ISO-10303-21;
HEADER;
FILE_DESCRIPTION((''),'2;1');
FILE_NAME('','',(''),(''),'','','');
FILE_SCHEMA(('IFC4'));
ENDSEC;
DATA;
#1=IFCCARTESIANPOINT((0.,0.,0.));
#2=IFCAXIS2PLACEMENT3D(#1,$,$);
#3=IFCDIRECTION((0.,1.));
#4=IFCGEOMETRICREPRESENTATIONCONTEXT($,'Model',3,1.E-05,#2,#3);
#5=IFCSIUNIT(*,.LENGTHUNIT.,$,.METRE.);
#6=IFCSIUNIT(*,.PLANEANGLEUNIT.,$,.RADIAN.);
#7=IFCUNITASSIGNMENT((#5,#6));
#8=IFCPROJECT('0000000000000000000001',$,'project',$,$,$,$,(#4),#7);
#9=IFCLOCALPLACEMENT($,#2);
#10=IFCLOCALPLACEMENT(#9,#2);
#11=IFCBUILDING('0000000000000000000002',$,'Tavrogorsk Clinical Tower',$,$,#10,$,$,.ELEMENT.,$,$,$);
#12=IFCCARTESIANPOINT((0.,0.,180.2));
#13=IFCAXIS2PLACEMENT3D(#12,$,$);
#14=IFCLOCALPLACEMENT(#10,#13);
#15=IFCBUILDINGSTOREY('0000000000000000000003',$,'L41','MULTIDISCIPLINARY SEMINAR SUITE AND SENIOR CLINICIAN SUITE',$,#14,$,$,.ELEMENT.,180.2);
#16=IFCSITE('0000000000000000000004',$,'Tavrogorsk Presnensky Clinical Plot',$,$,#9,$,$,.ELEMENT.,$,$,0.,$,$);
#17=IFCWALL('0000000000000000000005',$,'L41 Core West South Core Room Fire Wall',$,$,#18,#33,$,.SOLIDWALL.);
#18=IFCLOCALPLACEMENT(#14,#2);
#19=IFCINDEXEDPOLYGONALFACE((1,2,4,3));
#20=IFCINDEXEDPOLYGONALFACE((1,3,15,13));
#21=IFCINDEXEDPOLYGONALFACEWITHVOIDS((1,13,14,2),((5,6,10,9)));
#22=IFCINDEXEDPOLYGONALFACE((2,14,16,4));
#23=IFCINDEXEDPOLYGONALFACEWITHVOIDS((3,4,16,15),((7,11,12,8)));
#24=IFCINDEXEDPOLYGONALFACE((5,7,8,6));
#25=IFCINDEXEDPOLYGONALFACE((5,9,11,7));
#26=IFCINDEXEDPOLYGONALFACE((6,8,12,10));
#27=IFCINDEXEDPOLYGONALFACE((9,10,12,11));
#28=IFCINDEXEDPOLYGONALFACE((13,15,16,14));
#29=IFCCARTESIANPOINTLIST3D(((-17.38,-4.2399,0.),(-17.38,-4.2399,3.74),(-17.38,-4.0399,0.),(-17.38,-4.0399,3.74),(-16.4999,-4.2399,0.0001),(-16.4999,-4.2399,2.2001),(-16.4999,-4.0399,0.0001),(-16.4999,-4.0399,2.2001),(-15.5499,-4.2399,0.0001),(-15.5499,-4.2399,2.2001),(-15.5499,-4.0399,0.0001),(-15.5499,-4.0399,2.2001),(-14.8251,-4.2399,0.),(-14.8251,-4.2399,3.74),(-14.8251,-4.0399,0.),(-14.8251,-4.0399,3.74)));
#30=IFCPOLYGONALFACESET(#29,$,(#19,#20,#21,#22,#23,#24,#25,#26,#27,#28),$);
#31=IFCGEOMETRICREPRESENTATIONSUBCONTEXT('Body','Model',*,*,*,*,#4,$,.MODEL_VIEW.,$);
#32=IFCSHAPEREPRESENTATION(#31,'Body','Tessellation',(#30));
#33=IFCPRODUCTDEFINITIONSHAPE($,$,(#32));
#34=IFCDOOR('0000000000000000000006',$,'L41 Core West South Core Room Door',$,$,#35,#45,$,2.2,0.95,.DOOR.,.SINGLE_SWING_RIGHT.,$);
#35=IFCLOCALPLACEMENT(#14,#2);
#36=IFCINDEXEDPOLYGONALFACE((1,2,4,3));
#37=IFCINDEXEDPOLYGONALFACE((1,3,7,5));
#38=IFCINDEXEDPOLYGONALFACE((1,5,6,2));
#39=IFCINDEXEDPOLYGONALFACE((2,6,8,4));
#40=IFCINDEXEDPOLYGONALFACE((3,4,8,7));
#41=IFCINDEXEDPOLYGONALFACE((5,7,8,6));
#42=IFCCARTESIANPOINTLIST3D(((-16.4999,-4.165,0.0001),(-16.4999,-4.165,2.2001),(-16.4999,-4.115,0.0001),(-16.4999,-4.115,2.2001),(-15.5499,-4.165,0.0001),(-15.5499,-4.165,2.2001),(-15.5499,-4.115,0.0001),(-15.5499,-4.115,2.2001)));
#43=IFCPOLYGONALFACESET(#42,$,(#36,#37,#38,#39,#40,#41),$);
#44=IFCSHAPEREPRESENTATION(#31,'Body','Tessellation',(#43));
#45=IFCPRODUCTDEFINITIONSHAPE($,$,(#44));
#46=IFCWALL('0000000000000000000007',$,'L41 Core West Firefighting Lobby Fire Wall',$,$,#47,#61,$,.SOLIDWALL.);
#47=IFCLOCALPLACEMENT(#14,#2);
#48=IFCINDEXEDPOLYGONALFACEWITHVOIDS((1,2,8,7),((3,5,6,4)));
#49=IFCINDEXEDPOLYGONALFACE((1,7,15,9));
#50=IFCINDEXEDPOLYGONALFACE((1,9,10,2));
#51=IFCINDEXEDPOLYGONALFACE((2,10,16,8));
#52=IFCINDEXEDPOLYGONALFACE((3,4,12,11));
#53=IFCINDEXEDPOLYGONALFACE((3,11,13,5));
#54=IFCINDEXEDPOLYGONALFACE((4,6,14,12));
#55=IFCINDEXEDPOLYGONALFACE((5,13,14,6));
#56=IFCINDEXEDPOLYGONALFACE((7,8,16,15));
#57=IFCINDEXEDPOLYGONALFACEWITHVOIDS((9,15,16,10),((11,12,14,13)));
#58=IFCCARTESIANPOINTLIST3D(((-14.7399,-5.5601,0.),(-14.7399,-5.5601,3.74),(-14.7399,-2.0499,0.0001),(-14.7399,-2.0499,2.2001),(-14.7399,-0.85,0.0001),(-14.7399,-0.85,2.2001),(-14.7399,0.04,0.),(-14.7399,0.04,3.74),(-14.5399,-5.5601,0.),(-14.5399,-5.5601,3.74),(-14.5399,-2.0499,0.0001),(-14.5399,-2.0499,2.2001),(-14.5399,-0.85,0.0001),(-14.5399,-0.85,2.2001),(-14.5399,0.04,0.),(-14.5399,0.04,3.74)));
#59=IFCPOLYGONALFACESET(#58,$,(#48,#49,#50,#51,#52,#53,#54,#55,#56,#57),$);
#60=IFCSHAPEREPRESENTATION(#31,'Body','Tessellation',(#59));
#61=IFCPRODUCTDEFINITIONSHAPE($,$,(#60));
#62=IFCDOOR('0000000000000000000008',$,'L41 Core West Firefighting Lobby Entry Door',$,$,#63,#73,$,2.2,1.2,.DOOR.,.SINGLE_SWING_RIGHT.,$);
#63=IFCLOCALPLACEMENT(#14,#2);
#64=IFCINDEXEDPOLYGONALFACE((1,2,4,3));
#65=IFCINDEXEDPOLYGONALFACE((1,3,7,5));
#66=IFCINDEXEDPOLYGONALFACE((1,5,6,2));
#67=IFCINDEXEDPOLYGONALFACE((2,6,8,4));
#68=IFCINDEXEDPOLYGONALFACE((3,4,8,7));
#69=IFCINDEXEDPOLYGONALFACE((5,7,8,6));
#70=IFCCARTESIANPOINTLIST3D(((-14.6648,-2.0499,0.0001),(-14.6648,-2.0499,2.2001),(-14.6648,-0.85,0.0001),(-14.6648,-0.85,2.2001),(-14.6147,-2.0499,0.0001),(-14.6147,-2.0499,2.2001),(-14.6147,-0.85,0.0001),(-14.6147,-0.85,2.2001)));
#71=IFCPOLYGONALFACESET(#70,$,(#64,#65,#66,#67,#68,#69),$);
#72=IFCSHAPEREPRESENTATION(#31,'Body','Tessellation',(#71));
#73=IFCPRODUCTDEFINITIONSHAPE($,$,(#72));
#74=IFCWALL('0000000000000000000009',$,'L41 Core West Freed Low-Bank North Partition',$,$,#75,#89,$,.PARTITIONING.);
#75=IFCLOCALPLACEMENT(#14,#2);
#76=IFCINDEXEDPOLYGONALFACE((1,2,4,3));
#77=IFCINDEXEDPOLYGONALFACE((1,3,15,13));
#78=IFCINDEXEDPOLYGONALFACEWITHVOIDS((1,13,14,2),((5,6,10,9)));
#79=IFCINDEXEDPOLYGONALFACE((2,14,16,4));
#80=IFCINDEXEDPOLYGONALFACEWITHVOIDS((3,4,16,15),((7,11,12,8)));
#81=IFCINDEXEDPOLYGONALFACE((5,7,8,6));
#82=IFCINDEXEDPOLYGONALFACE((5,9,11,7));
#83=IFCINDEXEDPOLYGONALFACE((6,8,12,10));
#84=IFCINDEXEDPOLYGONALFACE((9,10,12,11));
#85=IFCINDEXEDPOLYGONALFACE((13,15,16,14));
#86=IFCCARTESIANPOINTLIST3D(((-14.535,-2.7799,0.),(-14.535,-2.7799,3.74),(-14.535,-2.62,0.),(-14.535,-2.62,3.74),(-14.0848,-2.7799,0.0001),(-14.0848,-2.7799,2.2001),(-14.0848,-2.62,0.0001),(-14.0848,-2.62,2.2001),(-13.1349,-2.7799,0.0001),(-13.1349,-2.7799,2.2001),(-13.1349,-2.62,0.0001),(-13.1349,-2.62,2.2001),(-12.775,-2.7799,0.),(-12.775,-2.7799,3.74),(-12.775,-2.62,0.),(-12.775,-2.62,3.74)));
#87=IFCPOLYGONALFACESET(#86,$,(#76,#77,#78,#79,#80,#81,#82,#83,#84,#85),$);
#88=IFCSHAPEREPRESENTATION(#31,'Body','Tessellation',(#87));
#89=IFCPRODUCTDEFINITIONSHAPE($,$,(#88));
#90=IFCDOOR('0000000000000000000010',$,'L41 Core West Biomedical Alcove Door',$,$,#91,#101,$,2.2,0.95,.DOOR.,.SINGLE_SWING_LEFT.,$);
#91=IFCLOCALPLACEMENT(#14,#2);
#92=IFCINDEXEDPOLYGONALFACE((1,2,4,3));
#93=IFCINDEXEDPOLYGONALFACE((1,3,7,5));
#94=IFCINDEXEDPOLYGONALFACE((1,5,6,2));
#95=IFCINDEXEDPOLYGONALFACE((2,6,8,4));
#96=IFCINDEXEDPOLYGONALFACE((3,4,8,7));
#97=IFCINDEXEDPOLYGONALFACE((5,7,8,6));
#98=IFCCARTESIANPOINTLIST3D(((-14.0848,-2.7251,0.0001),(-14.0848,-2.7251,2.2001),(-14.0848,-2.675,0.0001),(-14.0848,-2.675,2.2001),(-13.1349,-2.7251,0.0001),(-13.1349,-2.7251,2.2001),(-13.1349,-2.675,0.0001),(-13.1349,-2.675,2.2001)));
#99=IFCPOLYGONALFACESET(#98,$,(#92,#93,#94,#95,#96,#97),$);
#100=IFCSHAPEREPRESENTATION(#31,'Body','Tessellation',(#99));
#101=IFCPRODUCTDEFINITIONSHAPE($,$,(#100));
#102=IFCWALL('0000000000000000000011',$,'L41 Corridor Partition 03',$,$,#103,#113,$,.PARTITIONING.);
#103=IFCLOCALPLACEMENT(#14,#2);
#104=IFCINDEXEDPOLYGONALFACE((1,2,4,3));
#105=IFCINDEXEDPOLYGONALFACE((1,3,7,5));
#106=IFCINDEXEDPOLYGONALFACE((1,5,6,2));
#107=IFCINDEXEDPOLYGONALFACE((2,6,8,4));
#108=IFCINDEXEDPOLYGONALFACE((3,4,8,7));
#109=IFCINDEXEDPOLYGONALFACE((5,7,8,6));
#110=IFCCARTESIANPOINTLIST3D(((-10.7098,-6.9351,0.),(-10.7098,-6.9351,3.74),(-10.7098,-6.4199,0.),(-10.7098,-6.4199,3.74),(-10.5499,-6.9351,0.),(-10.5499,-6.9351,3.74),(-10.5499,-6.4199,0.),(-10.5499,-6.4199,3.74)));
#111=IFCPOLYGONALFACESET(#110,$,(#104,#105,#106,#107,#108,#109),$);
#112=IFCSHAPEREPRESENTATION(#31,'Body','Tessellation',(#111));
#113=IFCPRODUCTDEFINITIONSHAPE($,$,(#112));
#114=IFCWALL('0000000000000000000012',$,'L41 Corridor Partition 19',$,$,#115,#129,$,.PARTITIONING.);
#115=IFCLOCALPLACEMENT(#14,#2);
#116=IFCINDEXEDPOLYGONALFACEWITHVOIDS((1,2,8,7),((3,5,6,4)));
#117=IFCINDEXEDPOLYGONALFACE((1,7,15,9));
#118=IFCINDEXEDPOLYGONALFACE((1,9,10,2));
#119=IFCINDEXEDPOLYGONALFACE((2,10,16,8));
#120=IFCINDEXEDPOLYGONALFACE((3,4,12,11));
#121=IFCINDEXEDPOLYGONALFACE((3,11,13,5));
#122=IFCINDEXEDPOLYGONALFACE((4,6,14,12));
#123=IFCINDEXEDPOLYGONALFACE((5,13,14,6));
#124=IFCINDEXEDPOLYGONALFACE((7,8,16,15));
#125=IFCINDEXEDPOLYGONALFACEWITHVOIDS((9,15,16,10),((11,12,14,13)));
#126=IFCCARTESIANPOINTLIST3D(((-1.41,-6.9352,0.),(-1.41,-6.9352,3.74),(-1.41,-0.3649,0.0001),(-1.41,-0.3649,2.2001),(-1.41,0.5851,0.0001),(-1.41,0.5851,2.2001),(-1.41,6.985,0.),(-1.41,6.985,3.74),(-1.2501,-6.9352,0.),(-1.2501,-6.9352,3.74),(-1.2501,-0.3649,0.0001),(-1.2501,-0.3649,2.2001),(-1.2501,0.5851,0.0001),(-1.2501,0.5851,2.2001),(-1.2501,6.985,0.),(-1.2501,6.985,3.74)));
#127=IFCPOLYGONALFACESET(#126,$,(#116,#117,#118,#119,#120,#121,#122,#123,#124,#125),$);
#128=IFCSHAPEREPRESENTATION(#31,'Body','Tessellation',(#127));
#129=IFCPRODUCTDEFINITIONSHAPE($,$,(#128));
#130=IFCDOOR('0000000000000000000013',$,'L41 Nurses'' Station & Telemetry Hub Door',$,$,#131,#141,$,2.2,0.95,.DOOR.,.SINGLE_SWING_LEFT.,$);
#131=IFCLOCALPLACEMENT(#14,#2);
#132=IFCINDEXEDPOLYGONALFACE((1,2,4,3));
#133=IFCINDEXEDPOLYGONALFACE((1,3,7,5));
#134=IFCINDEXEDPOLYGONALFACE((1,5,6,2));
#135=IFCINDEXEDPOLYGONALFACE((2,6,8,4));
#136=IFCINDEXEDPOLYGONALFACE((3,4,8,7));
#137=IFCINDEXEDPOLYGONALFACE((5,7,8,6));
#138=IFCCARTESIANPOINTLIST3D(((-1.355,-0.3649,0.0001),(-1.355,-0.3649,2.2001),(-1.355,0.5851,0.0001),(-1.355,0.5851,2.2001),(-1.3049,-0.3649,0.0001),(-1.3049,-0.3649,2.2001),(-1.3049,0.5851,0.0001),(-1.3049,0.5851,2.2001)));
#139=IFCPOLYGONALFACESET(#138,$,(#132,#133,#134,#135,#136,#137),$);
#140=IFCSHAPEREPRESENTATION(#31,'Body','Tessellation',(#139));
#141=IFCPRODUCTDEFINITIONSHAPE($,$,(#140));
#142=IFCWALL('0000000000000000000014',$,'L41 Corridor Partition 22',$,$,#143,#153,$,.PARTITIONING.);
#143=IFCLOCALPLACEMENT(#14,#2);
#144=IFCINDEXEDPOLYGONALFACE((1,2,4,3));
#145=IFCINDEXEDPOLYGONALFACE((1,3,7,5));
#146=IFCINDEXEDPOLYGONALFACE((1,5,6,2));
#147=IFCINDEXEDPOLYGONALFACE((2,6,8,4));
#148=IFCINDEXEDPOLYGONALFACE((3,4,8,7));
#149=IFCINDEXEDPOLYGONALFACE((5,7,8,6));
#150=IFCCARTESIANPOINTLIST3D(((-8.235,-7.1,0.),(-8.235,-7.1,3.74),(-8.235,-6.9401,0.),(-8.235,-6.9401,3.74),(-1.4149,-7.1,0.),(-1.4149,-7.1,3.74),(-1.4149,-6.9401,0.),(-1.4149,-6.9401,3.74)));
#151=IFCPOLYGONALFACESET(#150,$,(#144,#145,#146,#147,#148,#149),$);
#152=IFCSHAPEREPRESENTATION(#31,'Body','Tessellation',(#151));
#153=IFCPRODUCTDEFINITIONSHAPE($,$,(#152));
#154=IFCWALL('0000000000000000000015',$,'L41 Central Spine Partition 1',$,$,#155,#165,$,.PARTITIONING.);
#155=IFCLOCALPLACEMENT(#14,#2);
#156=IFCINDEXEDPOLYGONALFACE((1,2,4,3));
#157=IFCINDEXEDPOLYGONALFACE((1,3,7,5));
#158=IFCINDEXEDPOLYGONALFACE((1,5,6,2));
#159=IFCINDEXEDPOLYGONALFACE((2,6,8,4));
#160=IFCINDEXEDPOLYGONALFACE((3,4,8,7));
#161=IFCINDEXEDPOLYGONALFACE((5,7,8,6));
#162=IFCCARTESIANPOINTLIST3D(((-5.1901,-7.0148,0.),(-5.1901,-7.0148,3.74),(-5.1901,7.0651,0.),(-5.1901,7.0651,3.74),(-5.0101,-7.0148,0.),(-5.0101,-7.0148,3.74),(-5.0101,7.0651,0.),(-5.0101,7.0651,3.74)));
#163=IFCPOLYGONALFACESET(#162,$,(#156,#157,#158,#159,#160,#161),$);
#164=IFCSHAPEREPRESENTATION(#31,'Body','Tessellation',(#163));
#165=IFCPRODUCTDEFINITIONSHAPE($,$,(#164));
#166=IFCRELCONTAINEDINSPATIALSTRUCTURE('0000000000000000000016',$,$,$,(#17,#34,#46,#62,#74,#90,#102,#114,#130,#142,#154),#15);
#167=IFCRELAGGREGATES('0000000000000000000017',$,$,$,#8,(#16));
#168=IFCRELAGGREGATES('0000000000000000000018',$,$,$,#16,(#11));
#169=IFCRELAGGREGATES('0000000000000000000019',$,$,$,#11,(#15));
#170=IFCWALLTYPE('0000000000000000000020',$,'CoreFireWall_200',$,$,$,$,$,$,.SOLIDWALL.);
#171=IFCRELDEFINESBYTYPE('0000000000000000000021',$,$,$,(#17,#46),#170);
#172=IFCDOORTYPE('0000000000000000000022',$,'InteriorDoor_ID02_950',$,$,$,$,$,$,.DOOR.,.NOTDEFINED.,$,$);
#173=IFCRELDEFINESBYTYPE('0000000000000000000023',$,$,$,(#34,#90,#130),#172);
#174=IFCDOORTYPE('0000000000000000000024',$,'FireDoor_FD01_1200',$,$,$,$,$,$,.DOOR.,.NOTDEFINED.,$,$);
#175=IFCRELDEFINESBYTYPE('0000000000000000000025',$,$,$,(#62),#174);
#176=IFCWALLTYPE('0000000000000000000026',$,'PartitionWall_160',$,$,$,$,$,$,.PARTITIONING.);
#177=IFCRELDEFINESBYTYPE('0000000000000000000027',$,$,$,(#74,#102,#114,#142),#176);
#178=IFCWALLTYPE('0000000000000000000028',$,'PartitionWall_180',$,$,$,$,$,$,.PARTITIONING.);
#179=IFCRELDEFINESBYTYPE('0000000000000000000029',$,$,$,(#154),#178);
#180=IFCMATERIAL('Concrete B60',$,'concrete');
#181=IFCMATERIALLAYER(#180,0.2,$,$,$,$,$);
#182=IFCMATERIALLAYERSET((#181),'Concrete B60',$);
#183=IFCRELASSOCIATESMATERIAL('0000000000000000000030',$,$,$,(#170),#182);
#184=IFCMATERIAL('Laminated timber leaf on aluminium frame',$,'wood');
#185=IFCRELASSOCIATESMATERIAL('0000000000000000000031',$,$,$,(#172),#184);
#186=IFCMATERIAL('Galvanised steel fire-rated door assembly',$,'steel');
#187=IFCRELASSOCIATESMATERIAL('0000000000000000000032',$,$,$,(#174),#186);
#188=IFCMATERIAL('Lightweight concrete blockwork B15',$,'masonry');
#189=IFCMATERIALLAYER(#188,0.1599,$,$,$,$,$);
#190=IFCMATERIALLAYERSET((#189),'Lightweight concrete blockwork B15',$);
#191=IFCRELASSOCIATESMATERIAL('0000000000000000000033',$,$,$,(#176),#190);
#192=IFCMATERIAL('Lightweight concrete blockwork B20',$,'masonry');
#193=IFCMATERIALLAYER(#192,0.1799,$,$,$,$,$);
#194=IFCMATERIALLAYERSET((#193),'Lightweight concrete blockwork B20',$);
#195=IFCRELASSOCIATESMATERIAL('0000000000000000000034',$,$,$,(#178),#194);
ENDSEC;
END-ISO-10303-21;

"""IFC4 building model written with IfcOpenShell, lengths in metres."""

from ifc_helpers import new_model, si_unit, direction, frame, frame_2d, origin, place, context, subcontext, project, spatial, rectangle, extrude, material, layer, layer_set, type_object, element, fill, save


model = new_model("IFC4")

# Units and contexts
model_context = context("Model", 3, precision=1e-05, world=origin(), true_north=direction((0.0, 1.0)))
body_context = subcontext(model_context, "Body", "Model", "MODEL_VIEW")
ifc_project = project(units=[si_unit("LENGTHUNIT", "METRE"), si_unit("PLANEANGLEUNIT", "RADIAN")], contexts=[model_context])

# Site, building, storey
site_placement = place(None, origin())
site = spatial("IfcSite", under=ifc_project, at=site_placement, Name="Tavrogorsk Presnensky Clinical Plot", CompositionType="ELEMENT", RefElevation=0.0)
building_placement = place(site_placement, origin())
building = spatial("IfcBuilding", under=site, at=building_placement, Name="Tavrogorsk Clinical Tower", CompositionType="ELEMENT")
storey_placement = place(building_placement, frame((0.0, 0.0, 180.2)))
storey = spatial("IfcBuildingStorey", under=building, at=storey_placement, Name="L41", Description="MULTIDISCIPLINARY SEMINAR SUITE AND SENIOR CLINICIAN SUITE", CompositionType="ELEMENT", Elevation=180.2)

# Walls, openings, doors
ifc_material_1 = material(Name="Concrete B60", Category="concrete")
ifc_layer_1 = layer(ifc_material_1, 0.2)
ifc_layer_set_1 = layer_set([ifc_layer_1], Name="Concrete B60")
wall_type_1 = type_object("IfcWallType", Name="CoreFireWall_200", PredefinedType="SOLIDWALL", material=ifc_layer_set_1)
wall_1_placement = place(storey_placement, frame((-17.3799, -4.1399, 0.0), z_axis=(0.0, 0.0, 1.0), x_axis=(1.0, 0.0, 0.0)))
wall_1 = element("IfcWall", 1, at=wall_1_placement, inside=storey, type_object=wall_type_1, Name="L41 Core West South Core Room Fire Wall", PredefinedType="SOLIDWALL", context=body_context, shape_type="SweptSolid", body=[
    extrude(rectangle(XDim=2.5549, YDim=0.2, at=frame_2d((1.2773, 0.0))), origin(), (0.0, 0.0, 1.0), 3.74),
])
opening_1_placement = place(wall_1_placement, frame((0.8799, 0.0, 0.0)))
opening_1 = element("IfcOpeningElement", 2, at=opening_1_placement, cuts=wall_1, PredefinedType="OPENING", context=body_context, shape_type="SweptSolid", body=[
    extrude(rectangle(XDim=0.95, YDim=2.2, at=frame_2d((0.4751, 1.1001))), frame((0.0, 0.1099, 0.0), z_axis=(0.0, -1.0, 0.0), x_axis=(1.0, 0.0, 0.0)), (0.0, 0.0, 1.0), 0.22),
])
ifc_material_2 = material(Name="Laminated timber leaf on aluminium frame", Category="wood")
door_type_1 = type_object("IfcDoorType", Name="InteriorDoor_ID02_950", OperationType="NOTDEFINED", PredefinedType="DOOR", material=ifc_material_2)
door_1_placement = place(opening_1_placement, origin())
door_1 = element("IfcDoor", 3, at=door_1_placement, inside=storey, type_object=door_type_1, Name="L41 Core West South Core Room Door", OperationType="SINGLE_SWING_RIGHT", OverallHeight=2.2, OverallWidth=0.95, PredefinedType="DOOR", context=body_context, shape_type="SweptSolid", body=[
    extrude(rectangle(XDim=0.95, YDim=2.2, at=frame_2d((0.4751, 1.1001))), frame((0.0, 0.0249, 0.0), z_axis=(0.0, -1.0, 0.0), x_axis=(1.0, 0.0, 0.0)), (0.0, 0.0, 1.0), 0.05),
])
fill(opening_1, door_1)
wall_2_placement = place(storey_placement, frame((-14.6399, -5.5601, 0.0), z_axis=(0.0, 0.0, 1.0), x_axis=(0.0, 1.0, 0.0)))
wall_2 = element("IfcWall", 4, at=wall_2_placement, inside=storey, type_object=wall_type_1, Name="L41 Core West Firefighting Lobby Fire Wall", PredefinedType="SOLIDWALL", context=body_context, shape_type="SweptSolid", body=[
    extrude(rectangle(XDim=5.6001, YDim=0.2, at=frame_2d((2.8, 0.0))), origin(), (0.0, 0.0, 1.0), 3.74),
])
opening_2_placement = place(wall_2_placement, frame((3.51, 0.0, 0.0)))
opening_2 = element("IfcOpeningElement", 5, at=opening_2_placement, cuts=wall_2, PredefinedType="OPENING", context=body_context, shape_type="SweptSolid", body=[
    extrude(rectangle(XDim=1.2, YDim=2.2, at=frame_2d((0.6001, 1.1001))), frame((0.0, 0.1099, 0.0), z_axis=(0.0, -1.0, 0.0), x_axis=(1.0, 0.0, 0.0)), (0.0, 0.0, 1.0), 0.22),
])
ifc_material_3 = material(Name="Galvanised steel fire-rated door assembly", Category="steel")
door_type_2 = type_object("IfcDoorType", Name="FireDoor_FD01_1200", OperationType="NOTDEFINED", PredefinedType="DOOR", material=ifc_material_3)
door_2_placement = place(opening_2_placement, origin())
door_2 = element("IfcDoor", 6, at=door_2_placement, inside=storey, type_object=door_type_2, Name="L41 Core West Firefighting Lobby Entry Door", OperationType="SINGLE_SWING_RIGHT", OverallHeight=2.2, OverallWidth=1.2, PredefinedType="DOOR", context=body_context, shape_type="SweptSolid", body=[
    extrude(rectangle(XDim=1.2, YDim=2.2, at=frame_2d((0.6001, 1.1001))), frame((0.0, 0.0249, 0.0), z_axis=(0.0, -1.0, 0.0), x_axis=(1.0, 0.0, 0.0)), (0.0, 0.0, 1.0), 0.05),
])
fill(opening_2, door_2)
ifc_material_4 = material(Name="Lightweight concrete blockwork B15", Category="masonry")
ifc_layer_2 = layer(ifc_material_4, 0.1599)
ifc_layer_set_2 = layer_set([ifc_layer_2], Name="Lightweight concrete blockwork B15")
wall_type_2 = type_object("IfcWallType", Name="PartitionWall_160", PredefinedType="PARTITIONING", material=ifc_layer_set_2)
wall_3_placement = place(storey_placement, frame((-14.5349, -2.7, 0.0), z_axis=(0.0, 0.0, 1.0), x_axis=(1.0, 0.0, 0.0)))
wall_3 = element("IfcWall", 7, at=wall_3_placement, inside=storey, type_object=wall_type_2, Name="L41 Core West Freed Low-Bank North Partition", PredefinedType="PARTITIONING", context=body_context, shape_type="SweptSolid", body=[
    extrude(rectangle(XDim=1.76, YDim=0.1599, at=frame_2d((0.8799, 0.0))), origin(), (0.0, 0.0, 1.0), 3.74),
])
opening_3_placement = place(wall_3_placement, frame((0.45, 0.0, 0.0)))
opening_3 = element("IfcOpeningElement", 8, at=opening_3_placement, cuts=wall_3, PredefinedType="OPENING", context=body_context, shape_type="SweptSolid", body=[
    extrude(rectangle(XDim=0.95, YDim=2.2, at=frame_2d((0.4751, 1.1001))), frame((0.0, 0.0898, 0.0), z_axis=(0.0, -1.0, 0.0), x_axis=(1.0, 0.0, 0.0)), (0.0, 0.0, 1.0), 0.1799),
])
door_3_placement = place(opening_3_placement, origin())
door_3 = element("IfcDoor", 9, at=door_3_placement, inside=storey, type_object=door_type_1, Name="L41 Core West Biomedical Alcove Door", OperationType="SINGLE_SWING_LEFT", OverallHeight=2.2, OverallWidth=0.95, PredefinedType="DOOR", context=body_context, shape_type="SweptSolid", body=[
    extrude(rectangle(XDim=0.95, YDim=2.2, at=frame_2d((0.4751, 1.1001))), frame((0.0, 0.0249, 0.0), z_axis=(0.0, -1.0, 0.0), x_axis=(1.0, 0.0, 0.0)), (0.0, 0.0, 1.0), 0.05),
])
fill(opening_3, door_3)

# Wall
wall_4_placement = place(storey_placement, frame((-10.6299, -6.9351, 0.0), z_axis=(0.0, 0.0, 1.0), x_axis=(0.0, 1.0, 0.0)))
element("IfcWall", 10, at=wall_4_placement, inside=storey, type_object=wall_type_2, Name="L41 Corridor Partition 03", PredefinedType="PARTITIONING", context=body_context, shape_type="SweptSolid", body=[
    extrude(rectangle(XDim=0.5151, YDim=0.1599, at=frame_2d((0.2576, 0.0))), origin(), (0.0, 0.0, 1.0), 3.74),
])

# Wall, opening, door
wall_5_placement = place(storey_placement, frame((-1.3301, -6.9351, 0.0), z_axis=(0.0, 0.0, 1.0), x_axis=(0.0, 1.0, 0.0)))
wall_5 = element("IfcWall", 11, at=wall_5_placement, inside=storey, type_object=wall_type_2, Name="L41 Corridor Partition 19", PredefinedType="PARTITIONING", context=body_context, shape_type="SweptSolid", body=[
    extrude(rectangle(XDim=13.9202, YDim=0.1599, at=frame_2d((6.96, 0.0))), origin(), (0.0, 0.0, 1.0), 3.74),
])
opening_4_placement = place(wall_5_placement, frame((6.5701, 0.0, 0.0)))
opening_4 = element("IfcOpeningElement", 12, at=opening_4_placement, cuts=wall_5, PredefinedType="OPENING", context=body_context, shape_type="SweptSolid", body=[
    extrude(rectangle(XDim=0.95, YDim=2.2, at=frame_2d((0.4751, 1.1001))), frame((0.0, 0.0898, 0.0), z_axis=(0.0, -1.0, 0.0), x_axis=(1.0, 0.0, 0.0)), (0.0, 0.0, 1.0), 0.1799),
])
door_4_placement = place(opening_4_placement, origin())
door_4 = element("IfcDoor", 13, at=door_4_placement, inside=storey, type_object=door_type_1, Name="L41 Nurses' Station & Telemetry Hub Door", OperationType="SINGLE_SWING_LEFT", OverallHeight=2.2, OverallWidth=0.95, PredefinedType="DOOR", context=body_context, shape_type="SweptSolid", body=[
    extrude(rectangle(XDim=0.95, YDim=2.2, at=frame_2d((0.4751, 1.1001))), frame((0.0, 0.0249, 0.0), z_axis=(0.0, -1.0, 0.0), x_axis=(1.0, 0.0, 0.0)), (0.0, 0.0, 1.0), 0.05),
])
fill(opening_4, door_4)

# Walls
wall_6_placement = place(storey_placement, frame((-8.2351, -7.02, 0.0), z_axis=(0.0, 0.0, 1.0), x_axis=(1.0, 0.0, 0.0)))
element("IfcWall", 14, at=wall_6_placement, inside=storey, type_object=wall_type_2, Name="L41 Corridor Partition 22", PredefinedType="PARTITIONING", context=body_context, shape_type="SweptSolid", body=[
    extrude(rectangle(XDim=6.8201, YDim=0.1599, at=frame_2d((3.4102, 0.0))), origin(), (0.0, 0.0, 1.0), 3.74),
])
ifc_material_5 = material(Name="Lightweight concrete blockwork B20", Category="masonry")
ifc_layer_3 = layer(ifc_material_5, 0.1799)
ifc_layer_set_3 = layer_set([ifc_layer_3], Name="Lightweight concrete blockwork B20")
wall_type_3 = type_object("IfcWallType", Name="PartitionWall_180", PredefinedType="PARTITIONING", material=ifc_layer_set_3)
wall_7_placement = place(storey_placement, frame((-5.1001, -7.0149, 0.0), z_axis=(0.0, 0.0, 1.0), x_axis=(0.0, 1.0, 0.0)))
element("IfcWall", 15, at=wall_7_placement, inside=storey, type_object=wall_type_3, Name="L41 Central Spine Partition 1", PredefinedType="PARTITIONING", context=body_context, shape_type="SweptSolid", body=[
    extrude(rectangle(XDim=14.0798, YDim=0.1799, at=frame_2d((7.04, 0.0))), origin(), (0.0, 0.0, 1.0), 3.74),
])

save(model, "model.ifc")
